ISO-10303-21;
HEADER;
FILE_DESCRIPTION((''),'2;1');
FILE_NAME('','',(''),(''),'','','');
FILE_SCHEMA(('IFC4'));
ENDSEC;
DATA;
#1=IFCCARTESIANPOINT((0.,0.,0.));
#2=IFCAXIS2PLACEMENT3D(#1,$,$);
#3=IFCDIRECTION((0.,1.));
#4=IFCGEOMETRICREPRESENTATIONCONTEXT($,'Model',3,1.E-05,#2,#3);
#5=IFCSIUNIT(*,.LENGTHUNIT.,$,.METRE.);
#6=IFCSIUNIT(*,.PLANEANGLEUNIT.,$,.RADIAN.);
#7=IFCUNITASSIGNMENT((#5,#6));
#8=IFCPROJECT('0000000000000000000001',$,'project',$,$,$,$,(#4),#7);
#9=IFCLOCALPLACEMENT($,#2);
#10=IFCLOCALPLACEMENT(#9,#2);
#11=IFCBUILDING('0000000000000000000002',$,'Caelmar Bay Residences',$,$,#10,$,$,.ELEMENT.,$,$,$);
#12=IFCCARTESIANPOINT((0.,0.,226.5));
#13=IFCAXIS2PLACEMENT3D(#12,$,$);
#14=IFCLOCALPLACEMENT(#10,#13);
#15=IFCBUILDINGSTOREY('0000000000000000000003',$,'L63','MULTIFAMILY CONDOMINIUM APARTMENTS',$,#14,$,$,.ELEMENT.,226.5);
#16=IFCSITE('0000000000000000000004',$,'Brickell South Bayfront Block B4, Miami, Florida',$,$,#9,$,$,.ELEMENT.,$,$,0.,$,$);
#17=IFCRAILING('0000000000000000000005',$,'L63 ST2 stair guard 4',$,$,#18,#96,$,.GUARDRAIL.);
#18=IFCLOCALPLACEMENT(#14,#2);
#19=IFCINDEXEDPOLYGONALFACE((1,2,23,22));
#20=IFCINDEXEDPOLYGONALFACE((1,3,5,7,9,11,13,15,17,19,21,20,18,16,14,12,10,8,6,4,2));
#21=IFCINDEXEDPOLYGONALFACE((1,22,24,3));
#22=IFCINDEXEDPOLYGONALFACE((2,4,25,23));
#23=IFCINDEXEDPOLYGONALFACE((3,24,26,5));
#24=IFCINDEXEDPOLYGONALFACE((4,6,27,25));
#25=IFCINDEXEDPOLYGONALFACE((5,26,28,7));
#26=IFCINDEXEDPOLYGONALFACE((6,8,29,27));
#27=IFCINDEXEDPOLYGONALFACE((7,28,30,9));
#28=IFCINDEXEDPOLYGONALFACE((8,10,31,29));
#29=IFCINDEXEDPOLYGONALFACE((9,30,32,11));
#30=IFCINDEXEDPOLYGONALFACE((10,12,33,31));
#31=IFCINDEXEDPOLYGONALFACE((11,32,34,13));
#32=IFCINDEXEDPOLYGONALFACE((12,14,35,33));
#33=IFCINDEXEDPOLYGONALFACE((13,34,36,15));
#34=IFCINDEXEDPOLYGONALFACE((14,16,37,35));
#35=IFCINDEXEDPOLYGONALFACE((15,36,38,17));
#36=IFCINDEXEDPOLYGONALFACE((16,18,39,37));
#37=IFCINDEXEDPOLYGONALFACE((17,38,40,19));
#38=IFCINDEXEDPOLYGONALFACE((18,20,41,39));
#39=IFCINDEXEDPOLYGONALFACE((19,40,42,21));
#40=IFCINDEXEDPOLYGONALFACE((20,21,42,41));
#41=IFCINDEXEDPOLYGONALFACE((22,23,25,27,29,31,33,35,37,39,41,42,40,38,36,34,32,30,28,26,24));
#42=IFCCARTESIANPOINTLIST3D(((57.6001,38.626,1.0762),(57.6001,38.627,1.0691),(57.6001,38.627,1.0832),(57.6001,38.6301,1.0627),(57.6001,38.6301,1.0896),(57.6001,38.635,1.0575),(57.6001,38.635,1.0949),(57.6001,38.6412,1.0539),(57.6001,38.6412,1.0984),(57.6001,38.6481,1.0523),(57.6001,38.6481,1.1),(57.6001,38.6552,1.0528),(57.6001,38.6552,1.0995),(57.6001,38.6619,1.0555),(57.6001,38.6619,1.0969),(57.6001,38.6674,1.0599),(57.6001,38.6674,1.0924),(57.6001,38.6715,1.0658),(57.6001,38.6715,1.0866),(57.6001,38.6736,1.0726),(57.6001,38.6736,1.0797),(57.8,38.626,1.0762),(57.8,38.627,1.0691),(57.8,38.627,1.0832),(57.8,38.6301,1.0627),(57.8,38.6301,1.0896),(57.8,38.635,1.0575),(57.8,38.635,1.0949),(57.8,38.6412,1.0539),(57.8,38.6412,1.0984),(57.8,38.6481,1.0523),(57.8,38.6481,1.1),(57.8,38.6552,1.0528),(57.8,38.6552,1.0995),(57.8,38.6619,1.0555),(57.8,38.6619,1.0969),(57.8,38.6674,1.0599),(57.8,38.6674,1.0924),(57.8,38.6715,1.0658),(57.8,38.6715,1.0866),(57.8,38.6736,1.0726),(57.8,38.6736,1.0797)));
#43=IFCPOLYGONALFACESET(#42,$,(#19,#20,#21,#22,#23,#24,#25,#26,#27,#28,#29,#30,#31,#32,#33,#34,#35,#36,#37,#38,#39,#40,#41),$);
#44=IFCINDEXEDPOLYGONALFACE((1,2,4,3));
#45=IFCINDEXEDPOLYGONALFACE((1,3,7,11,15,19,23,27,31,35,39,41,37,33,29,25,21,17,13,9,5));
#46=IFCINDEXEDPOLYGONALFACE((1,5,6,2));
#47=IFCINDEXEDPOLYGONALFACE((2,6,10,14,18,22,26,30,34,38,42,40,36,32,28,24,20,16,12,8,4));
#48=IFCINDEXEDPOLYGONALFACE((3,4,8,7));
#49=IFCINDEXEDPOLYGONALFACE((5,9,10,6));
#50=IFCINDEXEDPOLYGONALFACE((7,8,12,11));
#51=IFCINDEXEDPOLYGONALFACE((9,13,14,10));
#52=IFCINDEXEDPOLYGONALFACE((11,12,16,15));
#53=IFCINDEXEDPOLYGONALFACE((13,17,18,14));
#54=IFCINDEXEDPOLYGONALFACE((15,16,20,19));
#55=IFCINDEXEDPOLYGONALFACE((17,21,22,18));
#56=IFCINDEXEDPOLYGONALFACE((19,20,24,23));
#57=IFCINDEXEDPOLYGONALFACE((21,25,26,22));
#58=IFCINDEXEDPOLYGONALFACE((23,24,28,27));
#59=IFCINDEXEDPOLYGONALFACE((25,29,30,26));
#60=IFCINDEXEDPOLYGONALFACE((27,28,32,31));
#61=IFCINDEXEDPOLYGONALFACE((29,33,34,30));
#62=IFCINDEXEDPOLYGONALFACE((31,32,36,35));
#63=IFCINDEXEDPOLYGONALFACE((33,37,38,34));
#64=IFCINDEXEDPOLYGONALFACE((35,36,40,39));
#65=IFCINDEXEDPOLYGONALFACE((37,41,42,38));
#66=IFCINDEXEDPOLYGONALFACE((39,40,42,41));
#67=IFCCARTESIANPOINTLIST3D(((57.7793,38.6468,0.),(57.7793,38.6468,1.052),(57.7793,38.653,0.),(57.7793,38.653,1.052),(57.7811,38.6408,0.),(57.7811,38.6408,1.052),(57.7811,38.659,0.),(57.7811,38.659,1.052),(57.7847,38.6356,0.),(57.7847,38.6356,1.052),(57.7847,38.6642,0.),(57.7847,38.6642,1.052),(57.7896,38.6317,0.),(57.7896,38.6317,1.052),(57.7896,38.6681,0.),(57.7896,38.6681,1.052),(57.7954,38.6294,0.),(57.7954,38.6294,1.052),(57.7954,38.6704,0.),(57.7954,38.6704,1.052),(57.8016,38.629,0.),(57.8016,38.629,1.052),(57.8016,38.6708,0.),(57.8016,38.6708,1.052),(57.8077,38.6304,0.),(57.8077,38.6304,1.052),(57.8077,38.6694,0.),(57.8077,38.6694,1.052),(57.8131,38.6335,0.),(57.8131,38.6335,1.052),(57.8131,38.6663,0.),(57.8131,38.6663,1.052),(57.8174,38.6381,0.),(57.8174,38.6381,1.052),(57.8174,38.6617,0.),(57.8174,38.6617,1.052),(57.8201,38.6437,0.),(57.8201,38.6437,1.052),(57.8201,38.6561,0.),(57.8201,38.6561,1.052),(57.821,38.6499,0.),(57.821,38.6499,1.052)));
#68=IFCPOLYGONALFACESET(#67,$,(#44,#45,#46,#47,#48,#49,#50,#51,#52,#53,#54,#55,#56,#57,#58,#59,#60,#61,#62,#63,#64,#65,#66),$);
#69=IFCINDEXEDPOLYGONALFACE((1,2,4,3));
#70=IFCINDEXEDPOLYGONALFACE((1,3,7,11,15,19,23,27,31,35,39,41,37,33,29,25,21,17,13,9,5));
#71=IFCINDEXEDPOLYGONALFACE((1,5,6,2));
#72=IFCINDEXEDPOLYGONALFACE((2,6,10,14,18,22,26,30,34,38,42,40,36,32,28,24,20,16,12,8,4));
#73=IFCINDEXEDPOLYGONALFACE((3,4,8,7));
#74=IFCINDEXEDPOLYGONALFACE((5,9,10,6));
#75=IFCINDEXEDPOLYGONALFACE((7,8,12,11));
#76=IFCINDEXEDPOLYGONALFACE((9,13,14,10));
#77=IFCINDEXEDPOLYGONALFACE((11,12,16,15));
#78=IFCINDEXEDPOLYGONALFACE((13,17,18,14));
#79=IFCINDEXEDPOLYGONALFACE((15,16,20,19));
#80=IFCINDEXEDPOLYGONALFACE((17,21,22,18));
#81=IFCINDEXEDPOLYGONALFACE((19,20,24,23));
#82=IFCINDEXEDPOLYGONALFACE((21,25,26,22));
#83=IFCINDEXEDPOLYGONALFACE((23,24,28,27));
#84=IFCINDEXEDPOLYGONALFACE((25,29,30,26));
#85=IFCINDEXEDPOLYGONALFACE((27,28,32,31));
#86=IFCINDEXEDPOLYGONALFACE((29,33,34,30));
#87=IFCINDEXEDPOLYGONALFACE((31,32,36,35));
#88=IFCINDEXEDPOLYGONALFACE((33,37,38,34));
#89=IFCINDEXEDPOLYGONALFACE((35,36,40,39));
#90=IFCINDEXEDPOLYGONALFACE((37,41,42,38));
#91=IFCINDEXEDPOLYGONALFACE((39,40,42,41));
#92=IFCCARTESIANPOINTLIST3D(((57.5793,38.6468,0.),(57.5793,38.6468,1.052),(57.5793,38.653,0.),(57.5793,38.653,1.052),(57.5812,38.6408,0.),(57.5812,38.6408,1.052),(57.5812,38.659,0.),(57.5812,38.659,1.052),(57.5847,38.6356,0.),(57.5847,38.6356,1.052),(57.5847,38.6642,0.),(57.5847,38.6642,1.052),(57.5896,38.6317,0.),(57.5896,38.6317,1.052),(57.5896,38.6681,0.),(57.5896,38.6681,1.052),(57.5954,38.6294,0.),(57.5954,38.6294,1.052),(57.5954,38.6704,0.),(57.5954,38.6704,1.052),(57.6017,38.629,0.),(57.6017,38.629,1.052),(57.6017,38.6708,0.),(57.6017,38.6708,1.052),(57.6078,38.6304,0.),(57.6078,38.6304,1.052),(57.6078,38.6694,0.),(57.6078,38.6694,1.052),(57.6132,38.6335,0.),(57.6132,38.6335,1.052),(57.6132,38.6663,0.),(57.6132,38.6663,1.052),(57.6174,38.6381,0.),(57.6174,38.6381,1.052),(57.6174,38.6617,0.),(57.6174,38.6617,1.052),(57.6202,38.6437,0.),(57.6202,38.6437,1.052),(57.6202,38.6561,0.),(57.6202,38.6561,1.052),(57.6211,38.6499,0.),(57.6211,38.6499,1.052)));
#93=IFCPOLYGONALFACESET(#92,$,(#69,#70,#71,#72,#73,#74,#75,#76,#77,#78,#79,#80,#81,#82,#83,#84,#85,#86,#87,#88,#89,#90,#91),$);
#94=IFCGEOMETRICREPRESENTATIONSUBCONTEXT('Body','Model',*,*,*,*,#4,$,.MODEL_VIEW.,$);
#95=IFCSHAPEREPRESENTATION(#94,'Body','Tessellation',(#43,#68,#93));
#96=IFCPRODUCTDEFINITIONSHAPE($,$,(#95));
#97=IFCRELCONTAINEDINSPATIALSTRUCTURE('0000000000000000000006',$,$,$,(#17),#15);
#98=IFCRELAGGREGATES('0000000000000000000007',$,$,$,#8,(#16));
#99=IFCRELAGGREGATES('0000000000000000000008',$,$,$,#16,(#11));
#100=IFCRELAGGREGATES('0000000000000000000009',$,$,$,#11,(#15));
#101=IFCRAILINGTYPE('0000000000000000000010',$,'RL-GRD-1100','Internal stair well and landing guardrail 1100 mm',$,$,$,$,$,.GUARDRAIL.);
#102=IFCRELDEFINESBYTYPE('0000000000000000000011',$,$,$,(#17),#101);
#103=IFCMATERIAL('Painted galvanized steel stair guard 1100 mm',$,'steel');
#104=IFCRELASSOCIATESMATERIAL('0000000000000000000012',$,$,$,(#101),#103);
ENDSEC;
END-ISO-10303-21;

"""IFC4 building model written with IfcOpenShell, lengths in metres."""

from ifc_helpers import new_model, si_unit, direction, frame, origin, origin_2d, place, context, subcontext, project, spatial, circle, extrude, material, type_object, element, save


model = new_model("IFC4")

# Units and contexts
model_context = context("Model", 3, precision=1e-05, world=origin(), true_north=direction((0.0, 1.0)))
body_context = subcontext(model_context, "Body", "Model", "MODEL_VIEW")
ifc_project = project(units=[si_unit("LENGTHUNIT", "METRE"), si_unit("PLANEANGLEUNIT", "RADIAN")], contexts=[model_context])

# Site, building, storey
site_placement = place(None, origin())
site = spatial("IfcSite", under=ifc_project, at=site_placement, Name="Brickell South Bayfront Block B4, Miami, Florida", CompositionType="ELEMENT", RefElevation=0.0)
building_placement = place(site_placement, origin())
building = spatial("IfcBuilding", under=site, at=building_placement, Name="Caelmar Bay Residences", CompositionType="ELEMENT")
storey_placement = place(building_placement, frame((0.0, 0.0, 226.5)))
storey = spatial("IfcBuildingStorey", under=building, at=storey_placement, Name="L63", Description="MULTIFAMILY CONDOMINIUM APARTMENTS", CompositionType="ELEMENT", Elevation=226.5)

# Railing
ifc_material_1 = material(Name="Painted galvanized steel stair guard 1100 mm", Category="steel")
railing_type_1 = type_object("IfcRailingType", Name="RL-GRD-1100", Description="Internal stair well and landing guardrail 1100 mm", PredefinedType="GUARDRAIL", material=ifc_material_1)
railing_1_placement = place(storey_placement, frame((57.8, 38.6499, 0.0)))
element("IfcRailing", 1, at=railing_1_placement, inside=storey, type_object=railing_type_1, Name="L63 ST2 stair guard 4", PredefinedType="GUARDRAIL", context=body_context, shape_type="SweptSolid", body=[
    extrude(circle(Radius=0.0239, at=origin_2d()), frame((0.0, 0.0, 1.0762), z_axis=(-1.0, 0.0, 0.0), x_axis=(0.0, -1.0, 0.0)), (0.0, 0.0, 1.0), 0.2),
    extrude(circle(Radius=0.021, at=origin_2d()), origin(), (0.0, 0.0, 1.0), 1.052),
    extrude(circle(Radius=0.021, at=origin_2d()), frame((-0.2, 0.0, 0.0)), (0.0, 0.0, 1.0), 1.052),
])

save(model, "model.ifc")
